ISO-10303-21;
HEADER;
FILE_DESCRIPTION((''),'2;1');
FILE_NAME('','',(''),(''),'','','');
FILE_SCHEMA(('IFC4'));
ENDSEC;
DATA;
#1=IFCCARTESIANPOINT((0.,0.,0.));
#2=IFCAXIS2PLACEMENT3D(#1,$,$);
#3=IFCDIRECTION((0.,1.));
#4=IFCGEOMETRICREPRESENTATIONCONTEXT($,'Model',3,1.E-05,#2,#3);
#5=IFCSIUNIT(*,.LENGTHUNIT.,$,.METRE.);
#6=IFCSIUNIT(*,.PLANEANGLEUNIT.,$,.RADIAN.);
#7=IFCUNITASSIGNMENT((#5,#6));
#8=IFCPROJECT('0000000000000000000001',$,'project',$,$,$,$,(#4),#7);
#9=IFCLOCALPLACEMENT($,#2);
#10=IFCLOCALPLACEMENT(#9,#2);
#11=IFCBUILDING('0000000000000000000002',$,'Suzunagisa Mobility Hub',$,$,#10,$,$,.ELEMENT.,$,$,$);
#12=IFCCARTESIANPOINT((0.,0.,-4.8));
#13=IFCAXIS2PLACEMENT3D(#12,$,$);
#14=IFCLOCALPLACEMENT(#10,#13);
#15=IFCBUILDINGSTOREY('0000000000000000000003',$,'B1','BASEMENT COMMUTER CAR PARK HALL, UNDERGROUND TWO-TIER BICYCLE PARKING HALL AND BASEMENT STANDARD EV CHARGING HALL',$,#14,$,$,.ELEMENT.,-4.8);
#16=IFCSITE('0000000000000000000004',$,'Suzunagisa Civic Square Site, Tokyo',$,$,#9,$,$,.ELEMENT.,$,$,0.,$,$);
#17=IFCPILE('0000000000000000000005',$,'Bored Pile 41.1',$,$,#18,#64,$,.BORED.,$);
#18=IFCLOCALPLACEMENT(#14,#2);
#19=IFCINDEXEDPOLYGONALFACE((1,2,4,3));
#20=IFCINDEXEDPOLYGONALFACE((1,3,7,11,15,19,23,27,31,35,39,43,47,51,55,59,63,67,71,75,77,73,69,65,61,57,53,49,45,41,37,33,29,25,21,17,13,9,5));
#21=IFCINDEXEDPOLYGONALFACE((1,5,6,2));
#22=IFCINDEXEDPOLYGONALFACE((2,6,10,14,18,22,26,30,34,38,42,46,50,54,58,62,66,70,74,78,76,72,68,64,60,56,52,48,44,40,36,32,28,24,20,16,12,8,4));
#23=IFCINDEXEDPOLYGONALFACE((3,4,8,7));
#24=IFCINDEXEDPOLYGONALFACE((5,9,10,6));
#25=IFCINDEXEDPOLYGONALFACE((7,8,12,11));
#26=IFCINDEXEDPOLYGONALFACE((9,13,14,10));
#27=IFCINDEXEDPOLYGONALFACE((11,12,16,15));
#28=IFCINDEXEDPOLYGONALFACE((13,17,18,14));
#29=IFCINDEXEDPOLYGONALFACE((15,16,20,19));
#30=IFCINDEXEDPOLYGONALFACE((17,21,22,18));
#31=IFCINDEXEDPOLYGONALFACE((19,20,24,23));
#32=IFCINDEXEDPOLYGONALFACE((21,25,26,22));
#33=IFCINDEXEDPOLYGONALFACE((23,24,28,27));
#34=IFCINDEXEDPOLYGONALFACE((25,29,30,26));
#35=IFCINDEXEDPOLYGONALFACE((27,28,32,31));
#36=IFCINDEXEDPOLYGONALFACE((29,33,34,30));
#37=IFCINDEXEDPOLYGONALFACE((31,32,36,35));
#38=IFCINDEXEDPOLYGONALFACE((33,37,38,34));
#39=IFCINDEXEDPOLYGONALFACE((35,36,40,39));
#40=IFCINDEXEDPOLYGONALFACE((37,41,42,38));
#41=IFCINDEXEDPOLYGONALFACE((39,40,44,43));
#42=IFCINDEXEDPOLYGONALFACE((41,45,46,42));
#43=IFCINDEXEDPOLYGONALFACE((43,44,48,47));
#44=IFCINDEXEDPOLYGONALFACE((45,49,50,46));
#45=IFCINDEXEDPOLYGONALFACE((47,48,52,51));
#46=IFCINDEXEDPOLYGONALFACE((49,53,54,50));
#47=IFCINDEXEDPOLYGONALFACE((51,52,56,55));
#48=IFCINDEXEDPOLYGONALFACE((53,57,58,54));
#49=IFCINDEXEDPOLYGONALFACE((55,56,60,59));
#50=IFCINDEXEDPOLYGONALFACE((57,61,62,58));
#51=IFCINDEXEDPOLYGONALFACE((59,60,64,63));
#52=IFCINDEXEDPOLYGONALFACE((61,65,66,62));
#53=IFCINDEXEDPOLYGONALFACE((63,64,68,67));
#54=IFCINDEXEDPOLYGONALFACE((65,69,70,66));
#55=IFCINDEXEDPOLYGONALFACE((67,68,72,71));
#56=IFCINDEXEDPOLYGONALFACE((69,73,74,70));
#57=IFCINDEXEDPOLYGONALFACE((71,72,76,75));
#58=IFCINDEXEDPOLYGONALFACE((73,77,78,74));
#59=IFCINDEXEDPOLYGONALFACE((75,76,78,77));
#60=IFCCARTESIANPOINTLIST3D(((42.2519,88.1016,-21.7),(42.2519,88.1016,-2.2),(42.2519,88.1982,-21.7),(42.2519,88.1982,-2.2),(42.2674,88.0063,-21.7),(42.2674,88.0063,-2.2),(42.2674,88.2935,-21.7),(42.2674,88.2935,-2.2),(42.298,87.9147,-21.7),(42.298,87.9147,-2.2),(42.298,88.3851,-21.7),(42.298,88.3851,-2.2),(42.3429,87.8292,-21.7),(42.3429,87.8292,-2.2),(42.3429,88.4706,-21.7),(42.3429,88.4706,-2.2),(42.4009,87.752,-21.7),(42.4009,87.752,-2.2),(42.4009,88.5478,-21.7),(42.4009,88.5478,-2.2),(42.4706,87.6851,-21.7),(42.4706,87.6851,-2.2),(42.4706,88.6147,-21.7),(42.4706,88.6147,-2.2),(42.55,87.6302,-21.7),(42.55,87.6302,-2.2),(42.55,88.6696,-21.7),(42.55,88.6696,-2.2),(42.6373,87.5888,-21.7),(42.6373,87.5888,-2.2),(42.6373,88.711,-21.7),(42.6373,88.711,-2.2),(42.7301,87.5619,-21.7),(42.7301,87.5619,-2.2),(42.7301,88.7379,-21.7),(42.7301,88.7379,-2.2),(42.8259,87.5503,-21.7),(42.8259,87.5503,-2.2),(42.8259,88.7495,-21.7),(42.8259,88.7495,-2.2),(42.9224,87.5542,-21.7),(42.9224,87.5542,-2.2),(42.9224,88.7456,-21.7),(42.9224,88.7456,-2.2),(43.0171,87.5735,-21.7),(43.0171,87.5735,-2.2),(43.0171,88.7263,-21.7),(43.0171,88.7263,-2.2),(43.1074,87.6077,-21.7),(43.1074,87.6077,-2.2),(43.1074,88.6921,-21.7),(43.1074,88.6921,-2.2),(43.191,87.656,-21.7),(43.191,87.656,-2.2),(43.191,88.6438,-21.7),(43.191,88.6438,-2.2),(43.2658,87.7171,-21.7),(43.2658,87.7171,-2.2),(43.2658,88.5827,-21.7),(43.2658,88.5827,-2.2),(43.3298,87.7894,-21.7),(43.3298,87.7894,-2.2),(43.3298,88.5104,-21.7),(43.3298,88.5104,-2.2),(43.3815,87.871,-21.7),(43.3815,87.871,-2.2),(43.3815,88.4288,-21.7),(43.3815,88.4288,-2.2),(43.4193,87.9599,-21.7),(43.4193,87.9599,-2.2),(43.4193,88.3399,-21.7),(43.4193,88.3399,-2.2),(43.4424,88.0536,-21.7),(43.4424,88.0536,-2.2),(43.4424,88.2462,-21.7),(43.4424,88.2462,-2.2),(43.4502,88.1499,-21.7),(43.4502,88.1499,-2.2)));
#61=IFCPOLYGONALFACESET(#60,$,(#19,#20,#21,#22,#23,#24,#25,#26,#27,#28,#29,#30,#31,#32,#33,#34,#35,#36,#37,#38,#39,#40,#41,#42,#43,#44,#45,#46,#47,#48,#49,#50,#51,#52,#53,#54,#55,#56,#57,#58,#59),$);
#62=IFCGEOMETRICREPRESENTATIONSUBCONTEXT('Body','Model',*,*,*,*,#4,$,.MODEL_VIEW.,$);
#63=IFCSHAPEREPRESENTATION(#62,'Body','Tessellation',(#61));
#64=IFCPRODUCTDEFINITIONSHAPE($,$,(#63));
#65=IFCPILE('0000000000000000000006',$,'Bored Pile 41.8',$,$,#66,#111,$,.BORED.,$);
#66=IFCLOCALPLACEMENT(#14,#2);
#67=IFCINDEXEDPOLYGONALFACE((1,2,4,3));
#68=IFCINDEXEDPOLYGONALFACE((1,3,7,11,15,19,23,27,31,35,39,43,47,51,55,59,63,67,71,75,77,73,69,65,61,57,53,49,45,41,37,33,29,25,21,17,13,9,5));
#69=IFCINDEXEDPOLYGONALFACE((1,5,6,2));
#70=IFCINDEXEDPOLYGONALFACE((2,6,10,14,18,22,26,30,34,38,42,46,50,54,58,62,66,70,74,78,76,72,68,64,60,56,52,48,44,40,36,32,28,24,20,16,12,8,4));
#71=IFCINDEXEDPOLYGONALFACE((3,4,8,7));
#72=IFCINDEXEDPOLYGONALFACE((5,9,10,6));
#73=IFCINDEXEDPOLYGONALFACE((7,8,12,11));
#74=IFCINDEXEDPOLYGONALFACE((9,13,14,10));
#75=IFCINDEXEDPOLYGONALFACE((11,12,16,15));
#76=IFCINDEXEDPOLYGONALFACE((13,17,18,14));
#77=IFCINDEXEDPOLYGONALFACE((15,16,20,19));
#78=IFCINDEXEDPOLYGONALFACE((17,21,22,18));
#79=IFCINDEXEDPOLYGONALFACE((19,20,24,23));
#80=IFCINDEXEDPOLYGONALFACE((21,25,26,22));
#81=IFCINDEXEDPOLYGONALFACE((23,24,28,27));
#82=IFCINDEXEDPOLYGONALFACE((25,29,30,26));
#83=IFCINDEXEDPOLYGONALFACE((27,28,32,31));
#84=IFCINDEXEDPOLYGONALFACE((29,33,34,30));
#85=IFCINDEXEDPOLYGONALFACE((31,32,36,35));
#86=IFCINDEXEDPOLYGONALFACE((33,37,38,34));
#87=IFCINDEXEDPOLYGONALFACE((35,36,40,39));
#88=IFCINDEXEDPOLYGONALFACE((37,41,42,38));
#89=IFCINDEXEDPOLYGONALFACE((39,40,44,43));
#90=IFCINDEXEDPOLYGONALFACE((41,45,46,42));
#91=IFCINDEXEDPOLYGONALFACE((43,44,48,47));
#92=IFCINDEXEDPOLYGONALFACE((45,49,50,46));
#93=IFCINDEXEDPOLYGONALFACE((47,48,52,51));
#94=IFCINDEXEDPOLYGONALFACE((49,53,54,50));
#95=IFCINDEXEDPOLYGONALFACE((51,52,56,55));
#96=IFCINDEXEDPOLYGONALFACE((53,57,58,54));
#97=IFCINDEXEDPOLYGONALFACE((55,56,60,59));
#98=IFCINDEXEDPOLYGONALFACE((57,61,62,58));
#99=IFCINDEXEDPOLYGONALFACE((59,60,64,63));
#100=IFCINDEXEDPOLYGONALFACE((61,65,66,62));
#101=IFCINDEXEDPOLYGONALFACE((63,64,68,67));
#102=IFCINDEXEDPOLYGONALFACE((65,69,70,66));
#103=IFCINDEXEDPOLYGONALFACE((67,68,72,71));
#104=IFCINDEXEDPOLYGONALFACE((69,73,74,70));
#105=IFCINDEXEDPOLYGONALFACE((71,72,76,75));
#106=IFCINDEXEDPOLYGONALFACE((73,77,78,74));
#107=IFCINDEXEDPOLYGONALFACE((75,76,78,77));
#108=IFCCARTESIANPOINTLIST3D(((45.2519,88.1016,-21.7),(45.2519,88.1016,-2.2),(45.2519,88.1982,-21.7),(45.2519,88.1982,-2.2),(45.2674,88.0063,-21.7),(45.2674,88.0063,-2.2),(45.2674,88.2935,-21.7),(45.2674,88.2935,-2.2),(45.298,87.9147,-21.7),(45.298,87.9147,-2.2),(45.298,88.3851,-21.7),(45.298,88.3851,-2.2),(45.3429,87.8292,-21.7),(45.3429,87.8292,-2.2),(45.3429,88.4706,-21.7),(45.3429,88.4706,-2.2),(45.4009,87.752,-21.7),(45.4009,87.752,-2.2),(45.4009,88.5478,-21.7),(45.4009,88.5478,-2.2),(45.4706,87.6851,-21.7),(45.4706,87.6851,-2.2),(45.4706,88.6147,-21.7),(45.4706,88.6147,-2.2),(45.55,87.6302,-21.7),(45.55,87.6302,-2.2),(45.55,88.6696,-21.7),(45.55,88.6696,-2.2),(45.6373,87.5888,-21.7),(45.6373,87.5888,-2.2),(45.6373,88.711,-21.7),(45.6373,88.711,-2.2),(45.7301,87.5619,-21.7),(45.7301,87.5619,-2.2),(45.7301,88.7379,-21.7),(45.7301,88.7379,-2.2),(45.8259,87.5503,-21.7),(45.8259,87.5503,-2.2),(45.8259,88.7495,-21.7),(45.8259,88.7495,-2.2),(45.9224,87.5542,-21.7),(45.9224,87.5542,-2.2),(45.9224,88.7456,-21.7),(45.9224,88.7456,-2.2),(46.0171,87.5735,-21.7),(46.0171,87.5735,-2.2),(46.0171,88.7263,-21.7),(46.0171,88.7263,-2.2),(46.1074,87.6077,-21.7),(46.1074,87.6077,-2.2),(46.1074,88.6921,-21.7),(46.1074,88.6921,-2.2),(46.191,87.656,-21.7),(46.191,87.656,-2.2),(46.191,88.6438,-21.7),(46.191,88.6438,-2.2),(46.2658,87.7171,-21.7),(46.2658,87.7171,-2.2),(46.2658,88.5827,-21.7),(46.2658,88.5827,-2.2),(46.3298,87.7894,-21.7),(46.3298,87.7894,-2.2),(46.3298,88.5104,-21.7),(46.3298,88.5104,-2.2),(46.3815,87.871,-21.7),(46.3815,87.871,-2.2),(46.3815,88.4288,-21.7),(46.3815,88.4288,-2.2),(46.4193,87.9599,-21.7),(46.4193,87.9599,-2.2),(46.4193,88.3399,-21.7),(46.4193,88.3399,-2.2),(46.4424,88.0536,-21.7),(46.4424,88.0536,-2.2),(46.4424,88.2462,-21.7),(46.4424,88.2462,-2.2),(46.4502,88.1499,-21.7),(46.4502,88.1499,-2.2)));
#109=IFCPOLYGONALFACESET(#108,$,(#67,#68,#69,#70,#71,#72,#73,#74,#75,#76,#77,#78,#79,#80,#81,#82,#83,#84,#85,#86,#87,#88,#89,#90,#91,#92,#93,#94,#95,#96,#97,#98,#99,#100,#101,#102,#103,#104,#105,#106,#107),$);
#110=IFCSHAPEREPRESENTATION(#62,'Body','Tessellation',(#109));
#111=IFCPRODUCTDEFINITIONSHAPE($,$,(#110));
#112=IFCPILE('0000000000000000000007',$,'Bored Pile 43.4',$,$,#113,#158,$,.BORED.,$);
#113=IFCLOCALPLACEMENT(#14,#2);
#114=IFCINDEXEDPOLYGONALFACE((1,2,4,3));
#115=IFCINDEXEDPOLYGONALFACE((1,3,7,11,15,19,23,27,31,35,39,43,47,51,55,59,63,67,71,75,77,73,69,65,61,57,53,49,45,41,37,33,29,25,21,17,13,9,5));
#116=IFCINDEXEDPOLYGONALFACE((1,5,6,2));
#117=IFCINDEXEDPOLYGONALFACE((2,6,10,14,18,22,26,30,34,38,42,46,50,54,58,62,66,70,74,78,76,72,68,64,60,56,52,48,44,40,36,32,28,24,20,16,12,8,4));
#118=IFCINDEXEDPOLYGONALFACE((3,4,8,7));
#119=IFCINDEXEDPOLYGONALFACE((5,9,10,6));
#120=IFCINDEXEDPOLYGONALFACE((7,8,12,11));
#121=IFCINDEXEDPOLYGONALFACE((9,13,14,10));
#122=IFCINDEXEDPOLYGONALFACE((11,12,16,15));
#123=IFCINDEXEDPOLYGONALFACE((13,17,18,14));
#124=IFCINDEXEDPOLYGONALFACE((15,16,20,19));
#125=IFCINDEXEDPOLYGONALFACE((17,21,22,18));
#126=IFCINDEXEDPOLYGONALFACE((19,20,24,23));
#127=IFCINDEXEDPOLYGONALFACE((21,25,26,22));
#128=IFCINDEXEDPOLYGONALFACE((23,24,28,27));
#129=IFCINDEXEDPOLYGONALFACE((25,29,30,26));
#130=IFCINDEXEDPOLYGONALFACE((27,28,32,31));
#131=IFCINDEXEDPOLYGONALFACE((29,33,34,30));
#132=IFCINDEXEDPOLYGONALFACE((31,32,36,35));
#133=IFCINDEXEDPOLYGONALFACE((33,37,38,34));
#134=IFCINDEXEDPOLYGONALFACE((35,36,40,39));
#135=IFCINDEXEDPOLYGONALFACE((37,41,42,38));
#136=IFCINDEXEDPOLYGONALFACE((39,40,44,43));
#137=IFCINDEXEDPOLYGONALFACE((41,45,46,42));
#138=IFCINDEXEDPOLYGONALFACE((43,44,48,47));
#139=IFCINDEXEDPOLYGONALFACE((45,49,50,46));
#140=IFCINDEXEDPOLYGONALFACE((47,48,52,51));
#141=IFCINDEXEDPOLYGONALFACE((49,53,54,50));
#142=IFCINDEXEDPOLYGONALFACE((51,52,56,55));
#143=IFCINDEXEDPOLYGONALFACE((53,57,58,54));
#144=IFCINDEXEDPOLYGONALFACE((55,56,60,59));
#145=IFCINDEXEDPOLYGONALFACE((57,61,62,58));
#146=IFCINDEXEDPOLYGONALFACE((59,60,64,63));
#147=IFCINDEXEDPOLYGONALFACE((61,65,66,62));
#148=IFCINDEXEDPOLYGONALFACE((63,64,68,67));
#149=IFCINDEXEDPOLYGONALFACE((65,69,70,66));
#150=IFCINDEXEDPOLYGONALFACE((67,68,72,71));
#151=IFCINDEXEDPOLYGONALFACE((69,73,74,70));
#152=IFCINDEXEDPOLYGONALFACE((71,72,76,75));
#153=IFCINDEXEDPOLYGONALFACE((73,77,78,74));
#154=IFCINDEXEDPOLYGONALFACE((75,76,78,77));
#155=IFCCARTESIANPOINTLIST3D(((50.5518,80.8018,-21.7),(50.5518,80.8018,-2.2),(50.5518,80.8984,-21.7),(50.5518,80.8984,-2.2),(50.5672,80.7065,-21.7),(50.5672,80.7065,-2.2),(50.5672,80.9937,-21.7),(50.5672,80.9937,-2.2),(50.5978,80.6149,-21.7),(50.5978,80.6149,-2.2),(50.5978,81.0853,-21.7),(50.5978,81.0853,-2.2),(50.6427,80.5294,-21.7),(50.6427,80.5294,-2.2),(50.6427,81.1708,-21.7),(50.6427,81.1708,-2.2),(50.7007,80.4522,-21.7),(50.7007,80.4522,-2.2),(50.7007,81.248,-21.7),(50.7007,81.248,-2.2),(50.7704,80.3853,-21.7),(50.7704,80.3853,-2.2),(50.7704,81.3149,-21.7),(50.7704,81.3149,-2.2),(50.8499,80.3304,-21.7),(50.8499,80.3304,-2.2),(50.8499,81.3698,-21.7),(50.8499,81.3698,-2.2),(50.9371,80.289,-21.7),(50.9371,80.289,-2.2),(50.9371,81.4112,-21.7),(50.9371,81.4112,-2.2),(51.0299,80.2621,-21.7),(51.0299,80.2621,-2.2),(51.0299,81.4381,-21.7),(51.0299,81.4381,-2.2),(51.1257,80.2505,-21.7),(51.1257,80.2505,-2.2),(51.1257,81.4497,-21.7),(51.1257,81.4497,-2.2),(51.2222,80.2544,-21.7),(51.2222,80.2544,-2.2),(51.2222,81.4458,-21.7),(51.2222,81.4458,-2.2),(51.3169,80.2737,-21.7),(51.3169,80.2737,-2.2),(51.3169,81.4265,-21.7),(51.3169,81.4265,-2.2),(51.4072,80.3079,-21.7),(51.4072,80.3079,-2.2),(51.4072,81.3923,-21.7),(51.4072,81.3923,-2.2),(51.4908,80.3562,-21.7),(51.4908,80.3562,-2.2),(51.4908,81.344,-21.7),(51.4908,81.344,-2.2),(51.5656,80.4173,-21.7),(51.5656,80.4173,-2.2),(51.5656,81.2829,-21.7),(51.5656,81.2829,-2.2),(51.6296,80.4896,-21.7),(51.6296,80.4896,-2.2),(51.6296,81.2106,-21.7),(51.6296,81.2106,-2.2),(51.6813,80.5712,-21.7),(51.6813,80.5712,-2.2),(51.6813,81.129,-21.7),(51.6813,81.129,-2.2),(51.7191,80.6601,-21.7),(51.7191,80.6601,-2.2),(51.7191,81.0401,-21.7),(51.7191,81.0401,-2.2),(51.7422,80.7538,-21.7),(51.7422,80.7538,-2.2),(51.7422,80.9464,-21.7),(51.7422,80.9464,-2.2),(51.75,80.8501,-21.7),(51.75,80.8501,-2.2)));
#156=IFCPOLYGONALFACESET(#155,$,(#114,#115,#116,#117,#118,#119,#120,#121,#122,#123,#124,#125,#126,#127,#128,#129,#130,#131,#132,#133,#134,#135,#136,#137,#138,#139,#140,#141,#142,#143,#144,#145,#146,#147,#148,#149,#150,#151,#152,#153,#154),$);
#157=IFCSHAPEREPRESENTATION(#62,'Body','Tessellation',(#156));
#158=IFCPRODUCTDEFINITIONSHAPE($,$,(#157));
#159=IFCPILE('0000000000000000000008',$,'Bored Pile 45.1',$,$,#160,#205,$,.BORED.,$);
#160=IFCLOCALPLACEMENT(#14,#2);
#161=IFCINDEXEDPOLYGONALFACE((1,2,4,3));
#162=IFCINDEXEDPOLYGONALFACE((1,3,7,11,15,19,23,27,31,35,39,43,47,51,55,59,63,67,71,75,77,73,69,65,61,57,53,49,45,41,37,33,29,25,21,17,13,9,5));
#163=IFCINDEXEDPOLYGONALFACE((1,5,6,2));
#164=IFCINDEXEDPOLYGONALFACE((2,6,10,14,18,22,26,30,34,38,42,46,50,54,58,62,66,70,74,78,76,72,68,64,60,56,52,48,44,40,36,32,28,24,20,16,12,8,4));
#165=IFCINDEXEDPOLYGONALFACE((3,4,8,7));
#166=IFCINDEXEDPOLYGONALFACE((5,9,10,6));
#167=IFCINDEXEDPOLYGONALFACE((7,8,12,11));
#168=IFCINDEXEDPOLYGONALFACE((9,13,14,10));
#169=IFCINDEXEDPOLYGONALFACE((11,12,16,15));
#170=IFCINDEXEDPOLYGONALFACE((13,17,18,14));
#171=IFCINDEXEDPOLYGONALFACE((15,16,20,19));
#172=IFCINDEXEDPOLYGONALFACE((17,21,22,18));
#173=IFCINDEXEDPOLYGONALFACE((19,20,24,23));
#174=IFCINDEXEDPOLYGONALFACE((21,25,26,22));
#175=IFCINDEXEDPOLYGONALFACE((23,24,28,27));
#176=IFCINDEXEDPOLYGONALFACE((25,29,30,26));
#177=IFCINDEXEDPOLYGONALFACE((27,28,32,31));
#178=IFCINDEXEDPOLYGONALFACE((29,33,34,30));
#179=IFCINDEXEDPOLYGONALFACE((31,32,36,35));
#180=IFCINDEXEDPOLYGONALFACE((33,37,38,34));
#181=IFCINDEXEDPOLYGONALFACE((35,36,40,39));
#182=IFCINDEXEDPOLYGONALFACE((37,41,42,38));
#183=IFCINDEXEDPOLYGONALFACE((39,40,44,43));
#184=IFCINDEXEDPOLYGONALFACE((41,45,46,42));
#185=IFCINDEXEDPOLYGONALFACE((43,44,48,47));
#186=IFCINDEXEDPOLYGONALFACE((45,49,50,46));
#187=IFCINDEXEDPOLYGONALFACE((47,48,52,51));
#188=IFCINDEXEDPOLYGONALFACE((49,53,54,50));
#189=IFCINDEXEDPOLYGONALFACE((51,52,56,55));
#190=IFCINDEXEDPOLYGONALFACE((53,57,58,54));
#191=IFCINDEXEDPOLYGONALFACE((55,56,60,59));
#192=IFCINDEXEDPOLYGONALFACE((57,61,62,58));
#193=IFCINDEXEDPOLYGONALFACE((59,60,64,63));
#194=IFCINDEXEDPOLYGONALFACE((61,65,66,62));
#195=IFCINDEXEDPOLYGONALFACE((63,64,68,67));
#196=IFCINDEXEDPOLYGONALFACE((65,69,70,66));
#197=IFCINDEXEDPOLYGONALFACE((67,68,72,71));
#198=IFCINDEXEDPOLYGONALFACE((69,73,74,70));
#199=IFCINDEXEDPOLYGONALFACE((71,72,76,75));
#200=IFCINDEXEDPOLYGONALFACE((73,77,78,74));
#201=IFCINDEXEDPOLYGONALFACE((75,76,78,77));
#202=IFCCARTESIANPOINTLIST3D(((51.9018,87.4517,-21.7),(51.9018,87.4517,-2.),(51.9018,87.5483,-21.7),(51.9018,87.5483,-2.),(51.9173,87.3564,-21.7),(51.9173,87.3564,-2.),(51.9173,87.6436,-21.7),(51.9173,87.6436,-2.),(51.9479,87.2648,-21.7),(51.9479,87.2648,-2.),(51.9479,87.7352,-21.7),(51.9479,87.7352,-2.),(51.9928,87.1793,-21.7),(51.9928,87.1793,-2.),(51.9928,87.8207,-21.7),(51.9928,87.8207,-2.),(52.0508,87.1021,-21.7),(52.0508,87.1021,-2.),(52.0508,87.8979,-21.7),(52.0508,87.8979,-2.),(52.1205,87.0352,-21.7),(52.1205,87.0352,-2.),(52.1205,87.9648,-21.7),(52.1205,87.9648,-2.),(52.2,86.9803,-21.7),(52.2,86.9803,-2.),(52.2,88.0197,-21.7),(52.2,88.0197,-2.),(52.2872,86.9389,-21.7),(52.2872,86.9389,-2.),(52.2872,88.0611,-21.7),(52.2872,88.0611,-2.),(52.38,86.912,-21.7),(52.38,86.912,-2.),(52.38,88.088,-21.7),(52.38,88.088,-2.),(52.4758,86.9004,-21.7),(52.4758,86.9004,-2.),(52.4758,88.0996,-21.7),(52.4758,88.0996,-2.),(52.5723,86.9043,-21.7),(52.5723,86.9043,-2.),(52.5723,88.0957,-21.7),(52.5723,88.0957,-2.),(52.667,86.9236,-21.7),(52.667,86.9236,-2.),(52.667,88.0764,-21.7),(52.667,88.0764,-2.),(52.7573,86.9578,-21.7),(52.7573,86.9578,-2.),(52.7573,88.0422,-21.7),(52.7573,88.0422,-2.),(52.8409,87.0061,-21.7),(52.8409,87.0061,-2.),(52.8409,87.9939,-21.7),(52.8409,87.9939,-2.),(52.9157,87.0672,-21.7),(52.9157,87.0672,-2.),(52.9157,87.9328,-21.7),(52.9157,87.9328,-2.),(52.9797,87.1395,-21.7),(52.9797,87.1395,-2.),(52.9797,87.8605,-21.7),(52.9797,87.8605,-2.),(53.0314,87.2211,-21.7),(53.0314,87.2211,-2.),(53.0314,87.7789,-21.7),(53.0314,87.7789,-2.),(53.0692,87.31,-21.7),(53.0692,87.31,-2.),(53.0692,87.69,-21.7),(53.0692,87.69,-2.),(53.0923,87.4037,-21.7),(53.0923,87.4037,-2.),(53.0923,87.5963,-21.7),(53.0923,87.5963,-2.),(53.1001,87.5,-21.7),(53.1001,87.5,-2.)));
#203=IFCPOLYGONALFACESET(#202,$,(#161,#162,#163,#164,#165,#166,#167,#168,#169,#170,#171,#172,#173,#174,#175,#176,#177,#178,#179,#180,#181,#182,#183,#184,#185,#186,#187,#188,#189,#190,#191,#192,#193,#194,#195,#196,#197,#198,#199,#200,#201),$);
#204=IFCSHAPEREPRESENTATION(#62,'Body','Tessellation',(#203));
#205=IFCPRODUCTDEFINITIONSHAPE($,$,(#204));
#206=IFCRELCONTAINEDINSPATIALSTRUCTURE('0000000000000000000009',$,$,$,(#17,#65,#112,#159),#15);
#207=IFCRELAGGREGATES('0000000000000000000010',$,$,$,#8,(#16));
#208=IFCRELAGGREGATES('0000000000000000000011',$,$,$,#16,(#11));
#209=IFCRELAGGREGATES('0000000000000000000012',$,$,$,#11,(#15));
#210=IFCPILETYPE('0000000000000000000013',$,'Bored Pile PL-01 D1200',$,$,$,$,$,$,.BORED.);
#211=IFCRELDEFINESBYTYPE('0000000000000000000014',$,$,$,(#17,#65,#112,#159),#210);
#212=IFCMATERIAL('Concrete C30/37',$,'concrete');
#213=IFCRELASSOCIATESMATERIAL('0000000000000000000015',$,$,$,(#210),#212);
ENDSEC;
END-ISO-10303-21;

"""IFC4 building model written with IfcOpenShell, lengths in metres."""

from ifc_helpers import new_model, si_unit, direction, frame, origin, origin_2d, place, context, subcontext, project, spatial, circle, extrude, material, material_profile, profile_set, type_object, element, save


model = new_model("IFC4")

# Units and contexts
model_context = context("Model", 3, precision=1e-05, world=origin(), true_north=direction((0.0, 1.0)))
body_context = subcontext(model_context, "Body", "Model", "MODEL_VIEW")
ifc_project = project(units=[si_unit("LENGTHUNIT", "METRE"), si_unit("PLANEANGLEUNIT", "RADIAN")], contexts=[model_context])

# Site, building, storey
site_placement = place(None, origin())
site = spatial("IfcSite", under=ifc_project, at=site_placement, Name="Suzunagisa Civic Square Site, Tokyo", CompositionType="ELEMENT", RefElevation=0.0)
building_placement = place(site_placement, origin())
building = spatial("IfcBuilding", under=site, at=building_placement, Name="Suzunagisa Mobility Hub", CompositionType="ELEMENT")
storey_placement = place(building_placement, frame((0.0, 0.0, -4.8)))
storey = spatial("IfcBuildingStorey", under=building, at=storey_placement, Name="B1", Description="BASEMENT COMMUTER CAR PARK HALL, UNDERGROUND TWO-TIER BICYCLE PARKING HALL AND BASEMENT STANDARD EV CHARGING HALL", CompositionType="ELEMENT", Elevation=-4.8)

# Piles
ifc_material_1 = material(Name="Concrete C30/37", Category="concrete")
ifc_material_profile_1 = material_profile(ifc_material_1, circle(Radius=0.6001, at=origin_2d()), Name="BORED PILE D1200")
ifc_profile_set_1 = profile_set([ifc_material_profile_1], Name="Concrete C30/37")
pile_type = type_object("IfcPileType", Name="Bored Pile PL-01 D1200", PredefinedType="BORED", material=ifc_profile_set_1)
for number, where, z_axis, x_axis, name in (
    (1, (42.8501, 88.1499, -2.2), (0.0, 0.0, -1.0), (1.0, 0.0, 0.0), "Bored Pile 41.1"),
    (2, (45.8501, 88.1499, -2.2), (0.0, 0.0, -1.0), (1.0, 0.0, 0.0), "Bored Pile 41.8"),
    (3, (51.1499, 80.8501, -2.2), (0.0, 0.0, -1.0), (1.0, 0.0, 0.0), "Bored Pile 43.4"),
):
    element("IfcPile", number, at=place(storey_placement, frame(where, z_axis=z_axis, x_axis=x_axis)), inside=storey, type_object=pile_type, Name=name, PredefinedType="BORED", context=body_context, shape_type="SweptSolid", body=[
        extrude(circle(Radius=0.6001, at=origin_2d()), origin(), (0.0, 0.0, 1.0), 19.5),
    ])
pile_1_placement = place(storey_placement, frame((52.5, 87.5, -2.0), z_axis=(0.0, 0.0, -1.0), x_axis=(1.0, 0.0, 0.0)))
element("IfcPile", 4, at=pile_1_placement, inside=storey, type_object=pile_type, Name="Bored Pile 45.1", PredefinedType="BORED", context=body_context, shape_type="SweptSolid", body=[
    extrude(circle(Radius=0.6001, at=origin_2d()), origin(), (0.0, 0.0, 1.0), 19.7),
])

save(model, "model.ifc")
